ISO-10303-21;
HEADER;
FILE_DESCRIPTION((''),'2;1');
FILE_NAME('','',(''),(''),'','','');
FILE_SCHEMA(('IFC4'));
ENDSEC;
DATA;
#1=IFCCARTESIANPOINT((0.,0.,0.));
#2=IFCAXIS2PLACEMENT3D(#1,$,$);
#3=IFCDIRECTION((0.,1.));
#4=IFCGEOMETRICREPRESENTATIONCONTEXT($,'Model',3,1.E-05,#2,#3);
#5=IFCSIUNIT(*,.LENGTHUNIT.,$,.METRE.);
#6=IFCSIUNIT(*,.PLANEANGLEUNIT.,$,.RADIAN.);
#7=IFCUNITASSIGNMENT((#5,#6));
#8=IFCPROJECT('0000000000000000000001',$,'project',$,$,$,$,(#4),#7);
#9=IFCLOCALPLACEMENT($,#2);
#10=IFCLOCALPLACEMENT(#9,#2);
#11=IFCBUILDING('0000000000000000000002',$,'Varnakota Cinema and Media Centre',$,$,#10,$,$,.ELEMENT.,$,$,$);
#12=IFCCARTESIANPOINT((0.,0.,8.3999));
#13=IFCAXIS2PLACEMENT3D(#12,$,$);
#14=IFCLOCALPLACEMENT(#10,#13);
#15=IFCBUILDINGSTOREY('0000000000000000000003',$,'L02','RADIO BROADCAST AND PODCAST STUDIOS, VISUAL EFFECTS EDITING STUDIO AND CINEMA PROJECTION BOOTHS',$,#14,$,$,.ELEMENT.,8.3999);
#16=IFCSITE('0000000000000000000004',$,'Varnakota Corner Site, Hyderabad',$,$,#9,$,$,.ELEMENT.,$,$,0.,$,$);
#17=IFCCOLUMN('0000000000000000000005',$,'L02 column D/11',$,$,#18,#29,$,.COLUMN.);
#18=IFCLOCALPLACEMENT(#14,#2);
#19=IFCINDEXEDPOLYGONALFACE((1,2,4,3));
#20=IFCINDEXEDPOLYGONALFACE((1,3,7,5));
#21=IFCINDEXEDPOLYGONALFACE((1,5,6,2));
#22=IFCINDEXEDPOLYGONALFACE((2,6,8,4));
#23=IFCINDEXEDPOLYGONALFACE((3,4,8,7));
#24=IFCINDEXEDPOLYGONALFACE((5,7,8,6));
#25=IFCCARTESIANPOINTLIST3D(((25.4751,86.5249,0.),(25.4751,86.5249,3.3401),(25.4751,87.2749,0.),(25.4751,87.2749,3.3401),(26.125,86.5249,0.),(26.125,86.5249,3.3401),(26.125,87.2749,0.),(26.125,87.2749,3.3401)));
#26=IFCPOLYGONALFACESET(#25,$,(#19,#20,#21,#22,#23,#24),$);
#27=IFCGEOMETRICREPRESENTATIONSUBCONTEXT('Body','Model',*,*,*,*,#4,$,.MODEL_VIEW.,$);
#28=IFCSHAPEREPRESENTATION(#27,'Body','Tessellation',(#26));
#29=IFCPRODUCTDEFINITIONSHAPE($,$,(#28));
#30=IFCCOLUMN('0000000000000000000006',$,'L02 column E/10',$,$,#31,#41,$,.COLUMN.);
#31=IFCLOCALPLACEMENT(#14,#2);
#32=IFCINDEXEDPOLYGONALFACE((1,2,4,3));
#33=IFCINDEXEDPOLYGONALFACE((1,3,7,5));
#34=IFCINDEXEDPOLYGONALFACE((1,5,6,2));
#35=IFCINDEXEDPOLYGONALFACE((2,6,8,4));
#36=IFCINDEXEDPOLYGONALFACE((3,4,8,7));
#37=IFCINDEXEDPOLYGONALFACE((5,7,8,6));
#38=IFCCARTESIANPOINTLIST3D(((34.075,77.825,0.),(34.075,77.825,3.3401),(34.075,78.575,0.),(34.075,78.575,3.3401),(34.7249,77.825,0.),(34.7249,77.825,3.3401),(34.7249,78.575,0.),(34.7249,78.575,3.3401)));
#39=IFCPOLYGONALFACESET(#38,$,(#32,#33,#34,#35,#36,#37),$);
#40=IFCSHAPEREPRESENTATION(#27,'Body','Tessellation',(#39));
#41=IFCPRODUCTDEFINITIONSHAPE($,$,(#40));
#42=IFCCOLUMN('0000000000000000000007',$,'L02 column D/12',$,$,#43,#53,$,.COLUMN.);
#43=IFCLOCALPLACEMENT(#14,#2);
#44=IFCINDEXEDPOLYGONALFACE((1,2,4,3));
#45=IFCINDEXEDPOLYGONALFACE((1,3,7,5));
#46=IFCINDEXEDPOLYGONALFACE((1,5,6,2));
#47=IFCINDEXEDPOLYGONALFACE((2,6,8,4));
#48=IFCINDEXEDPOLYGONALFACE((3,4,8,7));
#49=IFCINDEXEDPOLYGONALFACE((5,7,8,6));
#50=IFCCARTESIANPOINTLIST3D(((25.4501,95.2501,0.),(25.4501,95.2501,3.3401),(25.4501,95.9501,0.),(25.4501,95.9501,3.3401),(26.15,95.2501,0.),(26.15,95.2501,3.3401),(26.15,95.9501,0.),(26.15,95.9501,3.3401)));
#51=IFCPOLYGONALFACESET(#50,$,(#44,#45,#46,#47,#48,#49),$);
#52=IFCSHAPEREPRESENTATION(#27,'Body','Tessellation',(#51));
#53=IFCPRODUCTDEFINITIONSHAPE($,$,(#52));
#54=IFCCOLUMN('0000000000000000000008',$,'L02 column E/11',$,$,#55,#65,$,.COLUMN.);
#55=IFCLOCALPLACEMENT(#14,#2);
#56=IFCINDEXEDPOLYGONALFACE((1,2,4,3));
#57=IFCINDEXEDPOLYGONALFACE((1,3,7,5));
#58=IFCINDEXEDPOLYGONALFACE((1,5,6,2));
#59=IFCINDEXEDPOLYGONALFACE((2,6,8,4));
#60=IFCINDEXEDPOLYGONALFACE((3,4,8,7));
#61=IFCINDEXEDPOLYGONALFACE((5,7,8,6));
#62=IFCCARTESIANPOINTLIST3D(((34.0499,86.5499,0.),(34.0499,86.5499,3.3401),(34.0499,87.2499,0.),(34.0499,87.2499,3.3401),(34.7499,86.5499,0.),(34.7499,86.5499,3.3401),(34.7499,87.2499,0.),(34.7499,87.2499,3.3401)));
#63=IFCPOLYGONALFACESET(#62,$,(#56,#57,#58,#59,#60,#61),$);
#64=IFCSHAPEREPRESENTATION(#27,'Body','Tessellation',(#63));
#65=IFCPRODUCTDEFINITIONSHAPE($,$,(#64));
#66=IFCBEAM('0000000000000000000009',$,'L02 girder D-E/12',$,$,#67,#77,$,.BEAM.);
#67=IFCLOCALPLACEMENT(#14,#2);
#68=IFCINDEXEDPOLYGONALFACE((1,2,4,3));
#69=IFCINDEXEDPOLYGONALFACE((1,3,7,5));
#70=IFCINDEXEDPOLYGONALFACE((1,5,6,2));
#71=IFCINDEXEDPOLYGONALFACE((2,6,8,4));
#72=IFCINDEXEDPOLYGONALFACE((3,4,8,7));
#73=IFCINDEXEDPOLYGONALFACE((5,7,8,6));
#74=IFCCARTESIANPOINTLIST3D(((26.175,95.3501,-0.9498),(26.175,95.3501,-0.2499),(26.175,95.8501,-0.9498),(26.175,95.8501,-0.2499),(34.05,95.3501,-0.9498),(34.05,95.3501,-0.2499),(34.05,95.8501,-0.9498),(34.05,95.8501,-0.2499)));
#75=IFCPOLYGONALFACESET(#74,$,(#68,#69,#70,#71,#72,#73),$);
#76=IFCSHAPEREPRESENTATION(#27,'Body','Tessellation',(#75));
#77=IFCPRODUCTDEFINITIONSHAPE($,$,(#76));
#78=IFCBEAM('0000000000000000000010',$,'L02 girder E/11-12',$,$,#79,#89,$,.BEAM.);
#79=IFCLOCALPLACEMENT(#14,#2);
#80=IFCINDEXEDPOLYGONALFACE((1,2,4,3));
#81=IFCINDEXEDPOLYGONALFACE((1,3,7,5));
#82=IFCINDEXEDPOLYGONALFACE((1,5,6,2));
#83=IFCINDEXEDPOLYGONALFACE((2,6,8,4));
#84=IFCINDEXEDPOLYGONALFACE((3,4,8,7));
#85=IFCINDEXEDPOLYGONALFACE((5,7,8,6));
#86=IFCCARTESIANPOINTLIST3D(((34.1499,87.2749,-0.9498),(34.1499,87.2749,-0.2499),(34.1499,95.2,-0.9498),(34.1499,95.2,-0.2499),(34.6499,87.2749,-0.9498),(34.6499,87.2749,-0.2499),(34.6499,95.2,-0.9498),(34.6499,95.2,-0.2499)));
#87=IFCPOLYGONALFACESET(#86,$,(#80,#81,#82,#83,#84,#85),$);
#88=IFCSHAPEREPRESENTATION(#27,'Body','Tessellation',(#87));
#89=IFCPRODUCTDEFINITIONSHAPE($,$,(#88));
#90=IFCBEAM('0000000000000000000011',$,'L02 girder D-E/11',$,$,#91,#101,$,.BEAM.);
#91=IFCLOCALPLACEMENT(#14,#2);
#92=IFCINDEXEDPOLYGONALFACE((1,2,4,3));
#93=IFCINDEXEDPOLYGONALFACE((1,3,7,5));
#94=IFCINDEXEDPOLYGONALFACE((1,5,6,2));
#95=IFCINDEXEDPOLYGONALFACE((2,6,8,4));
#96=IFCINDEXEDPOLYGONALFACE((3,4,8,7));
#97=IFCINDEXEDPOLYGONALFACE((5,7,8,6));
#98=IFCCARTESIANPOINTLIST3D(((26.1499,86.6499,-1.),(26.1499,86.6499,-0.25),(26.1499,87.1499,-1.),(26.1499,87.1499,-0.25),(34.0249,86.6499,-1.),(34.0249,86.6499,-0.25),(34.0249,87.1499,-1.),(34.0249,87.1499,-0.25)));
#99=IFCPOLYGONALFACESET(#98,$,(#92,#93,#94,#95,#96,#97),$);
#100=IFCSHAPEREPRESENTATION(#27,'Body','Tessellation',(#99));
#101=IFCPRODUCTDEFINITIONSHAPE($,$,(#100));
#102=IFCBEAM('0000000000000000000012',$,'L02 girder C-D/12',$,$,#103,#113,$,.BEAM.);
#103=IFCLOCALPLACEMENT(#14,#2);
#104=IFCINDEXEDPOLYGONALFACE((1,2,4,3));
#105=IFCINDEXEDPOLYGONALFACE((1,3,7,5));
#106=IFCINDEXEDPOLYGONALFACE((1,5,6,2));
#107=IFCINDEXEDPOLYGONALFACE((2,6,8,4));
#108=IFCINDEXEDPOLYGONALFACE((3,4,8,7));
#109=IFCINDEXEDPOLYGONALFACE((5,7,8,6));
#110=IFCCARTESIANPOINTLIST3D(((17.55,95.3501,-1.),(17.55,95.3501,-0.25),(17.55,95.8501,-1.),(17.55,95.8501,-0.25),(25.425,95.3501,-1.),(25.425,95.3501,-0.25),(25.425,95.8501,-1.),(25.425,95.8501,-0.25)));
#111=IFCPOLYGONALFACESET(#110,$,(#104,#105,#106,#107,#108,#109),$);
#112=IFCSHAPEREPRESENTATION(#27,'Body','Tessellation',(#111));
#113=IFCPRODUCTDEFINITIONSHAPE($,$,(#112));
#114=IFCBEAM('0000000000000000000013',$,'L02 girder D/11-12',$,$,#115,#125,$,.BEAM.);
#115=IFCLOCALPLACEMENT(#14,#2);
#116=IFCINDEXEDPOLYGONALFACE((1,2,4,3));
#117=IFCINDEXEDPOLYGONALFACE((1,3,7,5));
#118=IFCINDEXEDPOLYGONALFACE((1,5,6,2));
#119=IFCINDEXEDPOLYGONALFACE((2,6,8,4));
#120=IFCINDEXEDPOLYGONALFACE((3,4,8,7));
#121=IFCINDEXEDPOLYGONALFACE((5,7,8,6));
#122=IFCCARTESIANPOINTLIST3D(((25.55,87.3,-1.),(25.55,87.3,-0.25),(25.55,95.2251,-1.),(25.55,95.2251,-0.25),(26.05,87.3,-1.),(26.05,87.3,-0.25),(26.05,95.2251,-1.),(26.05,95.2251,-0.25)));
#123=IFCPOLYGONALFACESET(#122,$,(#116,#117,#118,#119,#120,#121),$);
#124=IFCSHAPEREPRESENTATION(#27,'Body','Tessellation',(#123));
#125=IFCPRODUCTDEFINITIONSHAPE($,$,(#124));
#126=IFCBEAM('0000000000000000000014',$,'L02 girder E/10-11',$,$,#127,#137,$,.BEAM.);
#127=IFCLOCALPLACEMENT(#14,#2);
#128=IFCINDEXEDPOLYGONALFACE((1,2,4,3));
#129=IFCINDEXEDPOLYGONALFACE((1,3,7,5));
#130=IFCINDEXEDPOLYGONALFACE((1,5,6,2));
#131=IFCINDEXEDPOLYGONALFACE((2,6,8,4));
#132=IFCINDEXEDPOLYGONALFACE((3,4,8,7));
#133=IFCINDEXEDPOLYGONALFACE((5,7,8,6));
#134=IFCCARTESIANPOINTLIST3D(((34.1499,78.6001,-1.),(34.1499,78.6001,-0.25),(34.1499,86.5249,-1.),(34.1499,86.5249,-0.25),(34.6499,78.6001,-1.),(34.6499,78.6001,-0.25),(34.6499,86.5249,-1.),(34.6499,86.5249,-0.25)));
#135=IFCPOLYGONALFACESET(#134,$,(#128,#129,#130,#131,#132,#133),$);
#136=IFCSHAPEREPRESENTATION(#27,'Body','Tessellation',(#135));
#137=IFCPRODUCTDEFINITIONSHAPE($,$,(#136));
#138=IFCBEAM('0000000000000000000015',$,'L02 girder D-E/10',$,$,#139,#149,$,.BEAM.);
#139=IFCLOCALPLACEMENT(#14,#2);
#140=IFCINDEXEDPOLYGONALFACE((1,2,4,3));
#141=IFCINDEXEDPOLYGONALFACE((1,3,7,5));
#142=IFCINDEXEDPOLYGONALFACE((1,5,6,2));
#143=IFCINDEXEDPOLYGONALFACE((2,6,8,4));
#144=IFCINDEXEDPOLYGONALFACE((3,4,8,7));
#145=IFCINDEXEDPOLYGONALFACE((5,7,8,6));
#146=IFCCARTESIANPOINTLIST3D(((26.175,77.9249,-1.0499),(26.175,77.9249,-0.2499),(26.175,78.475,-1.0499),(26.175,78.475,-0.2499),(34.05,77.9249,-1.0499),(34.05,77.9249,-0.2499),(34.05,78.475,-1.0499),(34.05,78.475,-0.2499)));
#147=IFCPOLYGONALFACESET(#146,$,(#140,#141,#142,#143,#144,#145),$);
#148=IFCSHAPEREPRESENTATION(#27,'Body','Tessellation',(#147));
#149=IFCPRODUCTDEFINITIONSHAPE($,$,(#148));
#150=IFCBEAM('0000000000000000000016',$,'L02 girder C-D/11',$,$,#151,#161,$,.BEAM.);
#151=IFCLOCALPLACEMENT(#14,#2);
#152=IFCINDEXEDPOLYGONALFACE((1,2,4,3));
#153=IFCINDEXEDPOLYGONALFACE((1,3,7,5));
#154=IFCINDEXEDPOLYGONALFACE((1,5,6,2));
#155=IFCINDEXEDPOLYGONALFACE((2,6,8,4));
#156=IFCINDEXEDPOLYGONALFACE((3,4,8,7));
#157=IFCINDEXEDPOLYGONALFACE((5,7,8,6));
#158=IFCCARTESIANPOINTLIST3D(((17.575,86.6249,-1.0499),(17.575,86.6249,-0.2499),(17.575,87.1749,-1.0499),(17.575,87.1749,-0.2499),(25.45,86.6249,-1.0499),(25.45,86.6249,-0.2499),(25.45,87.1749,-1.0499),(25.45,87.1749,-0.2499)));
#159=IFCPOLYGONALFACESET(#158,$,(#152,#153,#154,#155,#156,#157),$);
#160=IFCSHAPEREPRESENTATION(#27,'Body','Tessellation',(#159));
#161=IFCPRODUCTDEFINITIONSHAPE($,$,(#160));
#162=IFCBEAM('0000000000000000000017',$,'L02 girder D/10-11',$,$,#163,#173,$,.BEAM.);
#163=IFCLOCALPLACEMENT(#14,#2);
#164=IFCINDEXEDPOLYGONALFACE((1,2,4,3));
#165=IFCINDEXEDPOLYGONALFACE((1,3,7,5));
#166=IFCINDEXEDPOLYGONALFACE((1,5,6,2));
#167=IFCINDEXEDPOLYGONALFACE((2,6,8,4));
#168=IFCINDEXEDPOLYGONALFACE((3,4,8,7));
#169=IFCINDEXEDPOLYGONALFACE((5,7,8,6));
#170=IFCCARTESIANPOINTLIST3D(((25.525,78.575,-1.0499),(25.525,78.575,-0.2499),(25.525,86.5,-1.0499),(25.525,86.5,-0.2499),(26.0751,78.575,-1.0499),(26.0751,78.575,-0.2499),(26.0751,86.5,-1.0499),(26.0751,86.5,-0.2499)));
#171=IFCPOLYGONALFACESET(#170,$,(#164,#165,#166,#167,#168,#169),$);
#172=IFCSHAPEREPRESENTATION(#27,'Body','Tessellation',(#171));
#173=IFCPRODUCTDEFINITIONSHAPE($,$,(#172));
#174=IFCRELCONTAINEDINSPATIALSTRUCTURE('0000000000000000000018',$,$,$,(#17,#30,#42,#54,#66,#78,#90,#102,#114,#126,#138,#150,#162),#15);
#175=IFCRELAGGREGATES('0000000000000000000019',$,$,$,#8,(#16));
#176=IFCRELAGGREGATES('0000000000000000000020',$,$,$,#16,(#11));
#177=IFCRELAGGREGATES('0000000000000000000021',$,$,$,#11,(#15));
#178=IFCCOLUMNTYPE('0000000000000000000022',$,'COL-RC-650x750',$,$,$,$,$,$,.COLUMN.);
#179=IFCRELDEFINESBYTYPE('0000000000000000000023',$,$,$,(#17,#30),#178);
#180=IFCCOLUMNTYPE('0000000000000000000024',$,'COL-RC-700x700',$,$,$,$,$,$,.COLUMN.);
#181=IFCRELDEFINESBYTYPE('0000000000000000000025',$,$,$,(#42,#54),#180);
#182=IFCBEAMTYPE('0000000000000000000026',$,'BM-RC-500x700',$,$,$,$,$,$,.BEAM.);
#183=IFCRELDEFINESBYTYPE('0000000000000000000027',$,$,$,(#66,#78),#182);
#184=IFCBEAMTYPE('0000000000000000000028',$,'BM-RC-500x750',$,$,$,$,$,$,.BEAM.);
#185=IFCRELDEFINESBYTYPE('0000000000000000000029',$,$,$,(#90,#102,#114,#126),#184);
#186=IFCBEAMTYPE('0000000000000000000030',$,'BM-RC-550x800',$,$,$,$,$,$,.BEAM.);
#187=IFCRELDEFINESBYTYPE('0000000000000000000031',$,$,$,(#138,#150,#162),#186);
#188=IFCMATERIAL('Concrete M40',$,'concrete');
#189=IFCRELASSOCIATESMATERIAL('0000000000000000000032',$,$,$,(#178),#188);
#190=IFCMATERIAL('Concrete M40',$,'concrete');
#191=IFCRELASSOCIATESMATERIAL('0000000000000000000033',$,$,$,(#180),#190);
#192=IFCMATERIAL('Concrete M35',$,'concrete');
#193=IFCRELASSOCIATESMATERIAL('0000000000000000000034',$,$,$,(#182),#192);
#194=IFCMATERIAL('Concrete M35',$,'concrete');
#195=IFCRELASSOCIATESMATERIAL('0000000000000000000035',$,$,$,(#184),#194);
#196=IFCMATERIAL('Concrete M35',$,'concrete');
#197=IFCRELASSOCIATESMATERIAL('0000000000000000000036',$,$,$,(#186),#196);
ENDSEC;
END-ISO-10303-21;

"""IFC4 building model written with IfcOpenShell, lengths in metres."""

from ifc_helpers import new_model, si_unit, direction, frame, origin, origin_2d, place, context, subcontext, project, spatial, rectangle, extrude, material, material_profile, profile_set, type_object, element, save


model = new_model("IFC4")

# Units and contexts
model_context = context("Model", 3, precision=1e-05, world=origin(), true_north=direction((0.0, 1.0)))
body_context = subcontext(model_context, "Body", "Model", "MODEL_VIEW")
ifc_project = project(units=[si_unit("LENGTHUNIT", "METRE"), si_unit("PLANEANGLEUNIT", "RADIAN")], contexts=[model_context])

# Site, building, storey
site_placement = place(None, origin())
site = spatial("IfcSite", under=ifc_project, at=site_placement, Name="Varnakota Corner Site, Hyderabad", CompositionType="ELEMENT", RefElevation=0.0)
building_placement = place(site_placement, origin())
building = spatial("IfcBuilding", under=site, at=building_placement, Name="Varnakota Cinema and Media Centre", CompositionType="ELEMENT")
storey_placement = place(building_placement, frame((0.0, 0.0, 8.3999)))
storey = spatial("IfcBuildingStorey", under=building, at=storey_placement, Name="L02", Description="RADIO BROADCAST AND PODCAST STUDIOS, VISUAL EFFECTS EDITING STUDIO AND CINEMA PROJECTION BOOTHS", CompositionType="ELEMENT", Elevation=8.3999)

# Columns
ifc_material_1 = material(Name="Concrete M40", Category="concrete")
ifc_material_profile_1 = material_profile(ifc_material_1, rectangle(XDim=0.6499, YDim=0.75, at=origin_2d()), Name="RC 650x750")
ifc_profile_set_1 = profile_set([ifc_material_profile_1], Name="Concrete M40")
column_type_1 = type_object("IfcColumnType", Name="COL-RC-650x750", PredefinedType="COLUMN", material=ifc_profile_set_1)
for number, where, z_axis, x_axis, name in (
    (1, (25.8, 86.8999, 0.0), (0.0, 0.0, 1.0), (1.0, 0.0, 0.0), "L02 column D/11"),
    (2, (34.3999, 78.2, 0.0), (0.0, 0.0, 1.0), (1.0, 0.0, 0.0), "L02 column E/10"),
):
    element("IfcColumn", number, at=place(storey_placement, frame(where, z_axis=z_axis, x_axis=x_axis)), inside=storey, type_object=column_type_1, Name=name, PredefinedType="COLUMN", context=body_context, shape_type="SweptSolid", body=[
        extrude(rectangle(XDim=0.6499, YDim=0.75, at=origin_2d()), origin(), (0.0, 0.0, 1.0), 3.3401),
    ])
ifc_material_2 = material(Name="Concrete M40", Category="concrete")
ifc_material_profile_2 = material_profile(ifc_material_2, rectangle(XDim=0.7, YDim=0.7, at=origin_2d()), Name="RC 700x700")
ifc_profile_set_2 = profile_set([ifc_material_profile_2], Name="Concrete M40")
column_type_2 = type_object("IfcColumnType", Name="COL-RC-700x700", PredefinedType="COLUMN", material=ifc_profile_set_2)
for number, where, z_axis, x_axis, name in (
    (3, (25.8, 95.6001, 0.0), (0.0, 0.0, 1.0), (1.0, 0.0, 0.0), "L02 column D/12"),
    (4, (34.3999, 86.8999, 0.0), (0.0, 0.0, 1.0), (1.0, 0.0, 0.0), "L02 column E/11"),
):
    element("IfcColumn", number, at=place(storey_placement, frame(where, z_axis=z_axis, x_axis=x_axis)), inside=storey, type_object=column_type_2, Name=name, PredefinedType="COLUMN", context=body_context, shape_type="SweptSolid", body=[
        extrude(rectangle(XDim=0.7, YDim=0.7, at=origin_2d()), origin(), (0.0, 0.0, 1.0), 3.3401),
    ])

# Beams
ifc_material_3 = material(Name="Concrete M35", Category="concrete")
ifc_material_profile_3 = material_profile(ifc_material_3, rectangle(XDim=0.5, YDim=0.7, at=origin_2d()), Name="RCB 500x700")
ifc_profile_set_3 = profile_set([ifc_material_profile_3], Name="Concrete M35")
beam_type_1 = type_object("IfcBeamType", Name="BM-RC-500x700", PredefinedType="BEAM", material=ifc_profile_set_3)
beam_1_placement = place(storey_placement, frame((26.175, 95.6001, -0.5999), z_axis=(1.0, 0.0, 0.0), x_axis=(0.0, 1.0, 0.0)))
element("IfcBeam", 5, at=beam_1_placement, inside=storey, type_object=beam_type_1, Name="L02 girder D-E/12", PredefinedType="BEAM", context=body_context, shape_type="SweptSolid", body=[
    extrude(rectangle(XDim=0.5, YDim=0.7, at=origin_2d()), origin(), (0.0, 0.0, 1.0), 7.875),
])
beam_2_placement = place(storey_placement, frame((34.3999, 87.2749, -0.5999), z_axis=(0.0, 1.0, 0.0), x_axis=(-1.0, 0.0, 0.0)))
element("IfcBeam", 6, at=beam_2_placement, inside=storey, type_object=beam_type_1, Name="L02 girder E/11-12", PredefinedType="BEAM", context=body_context, shape_type="SweptSolid", body=[
    extrude(rectangle(XDim=0.5, YDim=0.7, at=origin_2d()), origin(), (0.0, 0.0, 1.0), 7.925),
])
ifc_material_4 = material(Name="Concrete M35", Category="concrete")
ifc_material_profile_4 = material_profile(ifc_material_4, rectangle(XDim=0.5, YDim=0.75, at=origin_2d()), Name="RCB 500x750")
ifc_profile_set_4 = profile_set([ifc_material_profile_4], Name="Concrete M35")
beam_type_2 = type_object("IfcBeamType", Name="BM-RC-500x750", PredefinedType="BEAM", material=ifc_profile_set_4)
for number, where, z_axis, x_axis, name in (
    (7, (26.1499, 86.8999, -0.625), (1.0, 0.0, 0.0), (0.0, 1.0, 0.0), "L02 girder D-E/11"),
    (8, (17.55, 95.6001, -0.625), (1.0, 0.0, 0.0), (0.0, 1.0, 0.0), "L02 girder C-D/12"),
):
    element("IfcBeam", number, at=place(storey_placement, frame(where, z_axis=z_axis, x_axis=x_axis)), inside=storey, type_object=beam_type_2, Name=name, PredefinedType="BEAM", context=body_context, shape_type="SweptSolid", body=[
        extrude(rectangle(XDim=0.5, YDim=0.75, at=origin_2d()), origin(), (0.0, 0.0, 1.0), 7.875),
    ])
beam_3_placement = place(storey_placement, frame((25.8, 87.3, -0.625), z_axis=(0.0, 1.0, 0.0), x_axis=(-1.0, 0.0, 0.0)))
element("IfcBeam", 9, at=beam_3_placement, inside=storey, type_object=beam_type_2, Name="L02 girder D/11-12", PredefinedType="BEAM", context=body_context, shape_type="SweptSolid", body=[
    extrude(rectangle(XDim=0.5, YDim=0.75, at=origin_2d()), origin(), (0.0, 0.0, 1.0), 7.925),
])
beam_4_placement = place(storey_placement, frame((34.3999, 78.6001, -0.625), z_axis=(0.0, 1.0, 0.0), x_axis=(-1.0, 0.0, 0.0)))
element("IfcBeam", 10, at=beam_4_placement, inside=storey, type_object=beam_type_2, Name="L02 girder E/10-11", PredefinedType="BEAM", context=body_context, shape_type="SweptSolid", body=[
    extrude(rectangle(XDim=0.5, YDim=0.75, at=origin_2d()), origin(), (0.0, 0.0, 1.0), 7.9248),
])
ifc_material_5 = material(Name="Concrete M35", Category="concrete")
ifc_material_profile_5 = material_profile(ifc_material_5, rectangle(XDim=0.55, YDim=0.8, at=origin_2d()), Name="RCB 550x800")
ifc_profile_set_5 = profile_set([ifc_material_profile_5], Name="Concrete M35")
beam_type_3 = type_object("IfcBeamType", Name="BM-RC-550x800", PredefinedType="BEAM", material=ifc_profile_set_5)
for number, where, z_axis, x_axis, name in (
    (11, (26.175, 78.2, -0.6499), (1.0, 0.0, 0.0), (0.0, 1.0, 0.0), "L02 girder D-E/10"),
    (12, (17.575, 86.8999, -0.6499), (1.0, 0.0, 0.0), (0.0, 1.0, 0.0), "L02 girder C-D/11"),
):
    element("IfcBeam", number, at=place(storey_placement, frame(where, z_axis=z_axis, x_axis=x_axis)), inside=storey, type_object=beam_type_3, Name=name, PredefinedType="BEAM", context=body_context, shape_type="SweptSolid", body=[
        extrude(rectangle(XDim=0.55, YDim=0.8, at=origin_2d()), origin(), (0.0, 0.0, 1.0), 7.875),
    ])
beam_5_placement = place(storey_placement, frame((25.8, 78.575, -0.6499), z_axis=(0.0, 1.0, 0.0), x_axis=(-1.0, 0.0, 0.0)))
element("IfcBeam", 13, at=beam_5_placement, inside=storey, type_object=beam_type_3, Name="L02 girder D/10-11", PredefinedType="BEAM", context=body_context, shape_type="SweptSolid", body=[
    extrude(rectangle(XDim=0.55, YDim=0.8, at=origin_2d()), origin(), (0.0, 0.0, 1.0), 7.925),
])

save(model, "model.ifc")
